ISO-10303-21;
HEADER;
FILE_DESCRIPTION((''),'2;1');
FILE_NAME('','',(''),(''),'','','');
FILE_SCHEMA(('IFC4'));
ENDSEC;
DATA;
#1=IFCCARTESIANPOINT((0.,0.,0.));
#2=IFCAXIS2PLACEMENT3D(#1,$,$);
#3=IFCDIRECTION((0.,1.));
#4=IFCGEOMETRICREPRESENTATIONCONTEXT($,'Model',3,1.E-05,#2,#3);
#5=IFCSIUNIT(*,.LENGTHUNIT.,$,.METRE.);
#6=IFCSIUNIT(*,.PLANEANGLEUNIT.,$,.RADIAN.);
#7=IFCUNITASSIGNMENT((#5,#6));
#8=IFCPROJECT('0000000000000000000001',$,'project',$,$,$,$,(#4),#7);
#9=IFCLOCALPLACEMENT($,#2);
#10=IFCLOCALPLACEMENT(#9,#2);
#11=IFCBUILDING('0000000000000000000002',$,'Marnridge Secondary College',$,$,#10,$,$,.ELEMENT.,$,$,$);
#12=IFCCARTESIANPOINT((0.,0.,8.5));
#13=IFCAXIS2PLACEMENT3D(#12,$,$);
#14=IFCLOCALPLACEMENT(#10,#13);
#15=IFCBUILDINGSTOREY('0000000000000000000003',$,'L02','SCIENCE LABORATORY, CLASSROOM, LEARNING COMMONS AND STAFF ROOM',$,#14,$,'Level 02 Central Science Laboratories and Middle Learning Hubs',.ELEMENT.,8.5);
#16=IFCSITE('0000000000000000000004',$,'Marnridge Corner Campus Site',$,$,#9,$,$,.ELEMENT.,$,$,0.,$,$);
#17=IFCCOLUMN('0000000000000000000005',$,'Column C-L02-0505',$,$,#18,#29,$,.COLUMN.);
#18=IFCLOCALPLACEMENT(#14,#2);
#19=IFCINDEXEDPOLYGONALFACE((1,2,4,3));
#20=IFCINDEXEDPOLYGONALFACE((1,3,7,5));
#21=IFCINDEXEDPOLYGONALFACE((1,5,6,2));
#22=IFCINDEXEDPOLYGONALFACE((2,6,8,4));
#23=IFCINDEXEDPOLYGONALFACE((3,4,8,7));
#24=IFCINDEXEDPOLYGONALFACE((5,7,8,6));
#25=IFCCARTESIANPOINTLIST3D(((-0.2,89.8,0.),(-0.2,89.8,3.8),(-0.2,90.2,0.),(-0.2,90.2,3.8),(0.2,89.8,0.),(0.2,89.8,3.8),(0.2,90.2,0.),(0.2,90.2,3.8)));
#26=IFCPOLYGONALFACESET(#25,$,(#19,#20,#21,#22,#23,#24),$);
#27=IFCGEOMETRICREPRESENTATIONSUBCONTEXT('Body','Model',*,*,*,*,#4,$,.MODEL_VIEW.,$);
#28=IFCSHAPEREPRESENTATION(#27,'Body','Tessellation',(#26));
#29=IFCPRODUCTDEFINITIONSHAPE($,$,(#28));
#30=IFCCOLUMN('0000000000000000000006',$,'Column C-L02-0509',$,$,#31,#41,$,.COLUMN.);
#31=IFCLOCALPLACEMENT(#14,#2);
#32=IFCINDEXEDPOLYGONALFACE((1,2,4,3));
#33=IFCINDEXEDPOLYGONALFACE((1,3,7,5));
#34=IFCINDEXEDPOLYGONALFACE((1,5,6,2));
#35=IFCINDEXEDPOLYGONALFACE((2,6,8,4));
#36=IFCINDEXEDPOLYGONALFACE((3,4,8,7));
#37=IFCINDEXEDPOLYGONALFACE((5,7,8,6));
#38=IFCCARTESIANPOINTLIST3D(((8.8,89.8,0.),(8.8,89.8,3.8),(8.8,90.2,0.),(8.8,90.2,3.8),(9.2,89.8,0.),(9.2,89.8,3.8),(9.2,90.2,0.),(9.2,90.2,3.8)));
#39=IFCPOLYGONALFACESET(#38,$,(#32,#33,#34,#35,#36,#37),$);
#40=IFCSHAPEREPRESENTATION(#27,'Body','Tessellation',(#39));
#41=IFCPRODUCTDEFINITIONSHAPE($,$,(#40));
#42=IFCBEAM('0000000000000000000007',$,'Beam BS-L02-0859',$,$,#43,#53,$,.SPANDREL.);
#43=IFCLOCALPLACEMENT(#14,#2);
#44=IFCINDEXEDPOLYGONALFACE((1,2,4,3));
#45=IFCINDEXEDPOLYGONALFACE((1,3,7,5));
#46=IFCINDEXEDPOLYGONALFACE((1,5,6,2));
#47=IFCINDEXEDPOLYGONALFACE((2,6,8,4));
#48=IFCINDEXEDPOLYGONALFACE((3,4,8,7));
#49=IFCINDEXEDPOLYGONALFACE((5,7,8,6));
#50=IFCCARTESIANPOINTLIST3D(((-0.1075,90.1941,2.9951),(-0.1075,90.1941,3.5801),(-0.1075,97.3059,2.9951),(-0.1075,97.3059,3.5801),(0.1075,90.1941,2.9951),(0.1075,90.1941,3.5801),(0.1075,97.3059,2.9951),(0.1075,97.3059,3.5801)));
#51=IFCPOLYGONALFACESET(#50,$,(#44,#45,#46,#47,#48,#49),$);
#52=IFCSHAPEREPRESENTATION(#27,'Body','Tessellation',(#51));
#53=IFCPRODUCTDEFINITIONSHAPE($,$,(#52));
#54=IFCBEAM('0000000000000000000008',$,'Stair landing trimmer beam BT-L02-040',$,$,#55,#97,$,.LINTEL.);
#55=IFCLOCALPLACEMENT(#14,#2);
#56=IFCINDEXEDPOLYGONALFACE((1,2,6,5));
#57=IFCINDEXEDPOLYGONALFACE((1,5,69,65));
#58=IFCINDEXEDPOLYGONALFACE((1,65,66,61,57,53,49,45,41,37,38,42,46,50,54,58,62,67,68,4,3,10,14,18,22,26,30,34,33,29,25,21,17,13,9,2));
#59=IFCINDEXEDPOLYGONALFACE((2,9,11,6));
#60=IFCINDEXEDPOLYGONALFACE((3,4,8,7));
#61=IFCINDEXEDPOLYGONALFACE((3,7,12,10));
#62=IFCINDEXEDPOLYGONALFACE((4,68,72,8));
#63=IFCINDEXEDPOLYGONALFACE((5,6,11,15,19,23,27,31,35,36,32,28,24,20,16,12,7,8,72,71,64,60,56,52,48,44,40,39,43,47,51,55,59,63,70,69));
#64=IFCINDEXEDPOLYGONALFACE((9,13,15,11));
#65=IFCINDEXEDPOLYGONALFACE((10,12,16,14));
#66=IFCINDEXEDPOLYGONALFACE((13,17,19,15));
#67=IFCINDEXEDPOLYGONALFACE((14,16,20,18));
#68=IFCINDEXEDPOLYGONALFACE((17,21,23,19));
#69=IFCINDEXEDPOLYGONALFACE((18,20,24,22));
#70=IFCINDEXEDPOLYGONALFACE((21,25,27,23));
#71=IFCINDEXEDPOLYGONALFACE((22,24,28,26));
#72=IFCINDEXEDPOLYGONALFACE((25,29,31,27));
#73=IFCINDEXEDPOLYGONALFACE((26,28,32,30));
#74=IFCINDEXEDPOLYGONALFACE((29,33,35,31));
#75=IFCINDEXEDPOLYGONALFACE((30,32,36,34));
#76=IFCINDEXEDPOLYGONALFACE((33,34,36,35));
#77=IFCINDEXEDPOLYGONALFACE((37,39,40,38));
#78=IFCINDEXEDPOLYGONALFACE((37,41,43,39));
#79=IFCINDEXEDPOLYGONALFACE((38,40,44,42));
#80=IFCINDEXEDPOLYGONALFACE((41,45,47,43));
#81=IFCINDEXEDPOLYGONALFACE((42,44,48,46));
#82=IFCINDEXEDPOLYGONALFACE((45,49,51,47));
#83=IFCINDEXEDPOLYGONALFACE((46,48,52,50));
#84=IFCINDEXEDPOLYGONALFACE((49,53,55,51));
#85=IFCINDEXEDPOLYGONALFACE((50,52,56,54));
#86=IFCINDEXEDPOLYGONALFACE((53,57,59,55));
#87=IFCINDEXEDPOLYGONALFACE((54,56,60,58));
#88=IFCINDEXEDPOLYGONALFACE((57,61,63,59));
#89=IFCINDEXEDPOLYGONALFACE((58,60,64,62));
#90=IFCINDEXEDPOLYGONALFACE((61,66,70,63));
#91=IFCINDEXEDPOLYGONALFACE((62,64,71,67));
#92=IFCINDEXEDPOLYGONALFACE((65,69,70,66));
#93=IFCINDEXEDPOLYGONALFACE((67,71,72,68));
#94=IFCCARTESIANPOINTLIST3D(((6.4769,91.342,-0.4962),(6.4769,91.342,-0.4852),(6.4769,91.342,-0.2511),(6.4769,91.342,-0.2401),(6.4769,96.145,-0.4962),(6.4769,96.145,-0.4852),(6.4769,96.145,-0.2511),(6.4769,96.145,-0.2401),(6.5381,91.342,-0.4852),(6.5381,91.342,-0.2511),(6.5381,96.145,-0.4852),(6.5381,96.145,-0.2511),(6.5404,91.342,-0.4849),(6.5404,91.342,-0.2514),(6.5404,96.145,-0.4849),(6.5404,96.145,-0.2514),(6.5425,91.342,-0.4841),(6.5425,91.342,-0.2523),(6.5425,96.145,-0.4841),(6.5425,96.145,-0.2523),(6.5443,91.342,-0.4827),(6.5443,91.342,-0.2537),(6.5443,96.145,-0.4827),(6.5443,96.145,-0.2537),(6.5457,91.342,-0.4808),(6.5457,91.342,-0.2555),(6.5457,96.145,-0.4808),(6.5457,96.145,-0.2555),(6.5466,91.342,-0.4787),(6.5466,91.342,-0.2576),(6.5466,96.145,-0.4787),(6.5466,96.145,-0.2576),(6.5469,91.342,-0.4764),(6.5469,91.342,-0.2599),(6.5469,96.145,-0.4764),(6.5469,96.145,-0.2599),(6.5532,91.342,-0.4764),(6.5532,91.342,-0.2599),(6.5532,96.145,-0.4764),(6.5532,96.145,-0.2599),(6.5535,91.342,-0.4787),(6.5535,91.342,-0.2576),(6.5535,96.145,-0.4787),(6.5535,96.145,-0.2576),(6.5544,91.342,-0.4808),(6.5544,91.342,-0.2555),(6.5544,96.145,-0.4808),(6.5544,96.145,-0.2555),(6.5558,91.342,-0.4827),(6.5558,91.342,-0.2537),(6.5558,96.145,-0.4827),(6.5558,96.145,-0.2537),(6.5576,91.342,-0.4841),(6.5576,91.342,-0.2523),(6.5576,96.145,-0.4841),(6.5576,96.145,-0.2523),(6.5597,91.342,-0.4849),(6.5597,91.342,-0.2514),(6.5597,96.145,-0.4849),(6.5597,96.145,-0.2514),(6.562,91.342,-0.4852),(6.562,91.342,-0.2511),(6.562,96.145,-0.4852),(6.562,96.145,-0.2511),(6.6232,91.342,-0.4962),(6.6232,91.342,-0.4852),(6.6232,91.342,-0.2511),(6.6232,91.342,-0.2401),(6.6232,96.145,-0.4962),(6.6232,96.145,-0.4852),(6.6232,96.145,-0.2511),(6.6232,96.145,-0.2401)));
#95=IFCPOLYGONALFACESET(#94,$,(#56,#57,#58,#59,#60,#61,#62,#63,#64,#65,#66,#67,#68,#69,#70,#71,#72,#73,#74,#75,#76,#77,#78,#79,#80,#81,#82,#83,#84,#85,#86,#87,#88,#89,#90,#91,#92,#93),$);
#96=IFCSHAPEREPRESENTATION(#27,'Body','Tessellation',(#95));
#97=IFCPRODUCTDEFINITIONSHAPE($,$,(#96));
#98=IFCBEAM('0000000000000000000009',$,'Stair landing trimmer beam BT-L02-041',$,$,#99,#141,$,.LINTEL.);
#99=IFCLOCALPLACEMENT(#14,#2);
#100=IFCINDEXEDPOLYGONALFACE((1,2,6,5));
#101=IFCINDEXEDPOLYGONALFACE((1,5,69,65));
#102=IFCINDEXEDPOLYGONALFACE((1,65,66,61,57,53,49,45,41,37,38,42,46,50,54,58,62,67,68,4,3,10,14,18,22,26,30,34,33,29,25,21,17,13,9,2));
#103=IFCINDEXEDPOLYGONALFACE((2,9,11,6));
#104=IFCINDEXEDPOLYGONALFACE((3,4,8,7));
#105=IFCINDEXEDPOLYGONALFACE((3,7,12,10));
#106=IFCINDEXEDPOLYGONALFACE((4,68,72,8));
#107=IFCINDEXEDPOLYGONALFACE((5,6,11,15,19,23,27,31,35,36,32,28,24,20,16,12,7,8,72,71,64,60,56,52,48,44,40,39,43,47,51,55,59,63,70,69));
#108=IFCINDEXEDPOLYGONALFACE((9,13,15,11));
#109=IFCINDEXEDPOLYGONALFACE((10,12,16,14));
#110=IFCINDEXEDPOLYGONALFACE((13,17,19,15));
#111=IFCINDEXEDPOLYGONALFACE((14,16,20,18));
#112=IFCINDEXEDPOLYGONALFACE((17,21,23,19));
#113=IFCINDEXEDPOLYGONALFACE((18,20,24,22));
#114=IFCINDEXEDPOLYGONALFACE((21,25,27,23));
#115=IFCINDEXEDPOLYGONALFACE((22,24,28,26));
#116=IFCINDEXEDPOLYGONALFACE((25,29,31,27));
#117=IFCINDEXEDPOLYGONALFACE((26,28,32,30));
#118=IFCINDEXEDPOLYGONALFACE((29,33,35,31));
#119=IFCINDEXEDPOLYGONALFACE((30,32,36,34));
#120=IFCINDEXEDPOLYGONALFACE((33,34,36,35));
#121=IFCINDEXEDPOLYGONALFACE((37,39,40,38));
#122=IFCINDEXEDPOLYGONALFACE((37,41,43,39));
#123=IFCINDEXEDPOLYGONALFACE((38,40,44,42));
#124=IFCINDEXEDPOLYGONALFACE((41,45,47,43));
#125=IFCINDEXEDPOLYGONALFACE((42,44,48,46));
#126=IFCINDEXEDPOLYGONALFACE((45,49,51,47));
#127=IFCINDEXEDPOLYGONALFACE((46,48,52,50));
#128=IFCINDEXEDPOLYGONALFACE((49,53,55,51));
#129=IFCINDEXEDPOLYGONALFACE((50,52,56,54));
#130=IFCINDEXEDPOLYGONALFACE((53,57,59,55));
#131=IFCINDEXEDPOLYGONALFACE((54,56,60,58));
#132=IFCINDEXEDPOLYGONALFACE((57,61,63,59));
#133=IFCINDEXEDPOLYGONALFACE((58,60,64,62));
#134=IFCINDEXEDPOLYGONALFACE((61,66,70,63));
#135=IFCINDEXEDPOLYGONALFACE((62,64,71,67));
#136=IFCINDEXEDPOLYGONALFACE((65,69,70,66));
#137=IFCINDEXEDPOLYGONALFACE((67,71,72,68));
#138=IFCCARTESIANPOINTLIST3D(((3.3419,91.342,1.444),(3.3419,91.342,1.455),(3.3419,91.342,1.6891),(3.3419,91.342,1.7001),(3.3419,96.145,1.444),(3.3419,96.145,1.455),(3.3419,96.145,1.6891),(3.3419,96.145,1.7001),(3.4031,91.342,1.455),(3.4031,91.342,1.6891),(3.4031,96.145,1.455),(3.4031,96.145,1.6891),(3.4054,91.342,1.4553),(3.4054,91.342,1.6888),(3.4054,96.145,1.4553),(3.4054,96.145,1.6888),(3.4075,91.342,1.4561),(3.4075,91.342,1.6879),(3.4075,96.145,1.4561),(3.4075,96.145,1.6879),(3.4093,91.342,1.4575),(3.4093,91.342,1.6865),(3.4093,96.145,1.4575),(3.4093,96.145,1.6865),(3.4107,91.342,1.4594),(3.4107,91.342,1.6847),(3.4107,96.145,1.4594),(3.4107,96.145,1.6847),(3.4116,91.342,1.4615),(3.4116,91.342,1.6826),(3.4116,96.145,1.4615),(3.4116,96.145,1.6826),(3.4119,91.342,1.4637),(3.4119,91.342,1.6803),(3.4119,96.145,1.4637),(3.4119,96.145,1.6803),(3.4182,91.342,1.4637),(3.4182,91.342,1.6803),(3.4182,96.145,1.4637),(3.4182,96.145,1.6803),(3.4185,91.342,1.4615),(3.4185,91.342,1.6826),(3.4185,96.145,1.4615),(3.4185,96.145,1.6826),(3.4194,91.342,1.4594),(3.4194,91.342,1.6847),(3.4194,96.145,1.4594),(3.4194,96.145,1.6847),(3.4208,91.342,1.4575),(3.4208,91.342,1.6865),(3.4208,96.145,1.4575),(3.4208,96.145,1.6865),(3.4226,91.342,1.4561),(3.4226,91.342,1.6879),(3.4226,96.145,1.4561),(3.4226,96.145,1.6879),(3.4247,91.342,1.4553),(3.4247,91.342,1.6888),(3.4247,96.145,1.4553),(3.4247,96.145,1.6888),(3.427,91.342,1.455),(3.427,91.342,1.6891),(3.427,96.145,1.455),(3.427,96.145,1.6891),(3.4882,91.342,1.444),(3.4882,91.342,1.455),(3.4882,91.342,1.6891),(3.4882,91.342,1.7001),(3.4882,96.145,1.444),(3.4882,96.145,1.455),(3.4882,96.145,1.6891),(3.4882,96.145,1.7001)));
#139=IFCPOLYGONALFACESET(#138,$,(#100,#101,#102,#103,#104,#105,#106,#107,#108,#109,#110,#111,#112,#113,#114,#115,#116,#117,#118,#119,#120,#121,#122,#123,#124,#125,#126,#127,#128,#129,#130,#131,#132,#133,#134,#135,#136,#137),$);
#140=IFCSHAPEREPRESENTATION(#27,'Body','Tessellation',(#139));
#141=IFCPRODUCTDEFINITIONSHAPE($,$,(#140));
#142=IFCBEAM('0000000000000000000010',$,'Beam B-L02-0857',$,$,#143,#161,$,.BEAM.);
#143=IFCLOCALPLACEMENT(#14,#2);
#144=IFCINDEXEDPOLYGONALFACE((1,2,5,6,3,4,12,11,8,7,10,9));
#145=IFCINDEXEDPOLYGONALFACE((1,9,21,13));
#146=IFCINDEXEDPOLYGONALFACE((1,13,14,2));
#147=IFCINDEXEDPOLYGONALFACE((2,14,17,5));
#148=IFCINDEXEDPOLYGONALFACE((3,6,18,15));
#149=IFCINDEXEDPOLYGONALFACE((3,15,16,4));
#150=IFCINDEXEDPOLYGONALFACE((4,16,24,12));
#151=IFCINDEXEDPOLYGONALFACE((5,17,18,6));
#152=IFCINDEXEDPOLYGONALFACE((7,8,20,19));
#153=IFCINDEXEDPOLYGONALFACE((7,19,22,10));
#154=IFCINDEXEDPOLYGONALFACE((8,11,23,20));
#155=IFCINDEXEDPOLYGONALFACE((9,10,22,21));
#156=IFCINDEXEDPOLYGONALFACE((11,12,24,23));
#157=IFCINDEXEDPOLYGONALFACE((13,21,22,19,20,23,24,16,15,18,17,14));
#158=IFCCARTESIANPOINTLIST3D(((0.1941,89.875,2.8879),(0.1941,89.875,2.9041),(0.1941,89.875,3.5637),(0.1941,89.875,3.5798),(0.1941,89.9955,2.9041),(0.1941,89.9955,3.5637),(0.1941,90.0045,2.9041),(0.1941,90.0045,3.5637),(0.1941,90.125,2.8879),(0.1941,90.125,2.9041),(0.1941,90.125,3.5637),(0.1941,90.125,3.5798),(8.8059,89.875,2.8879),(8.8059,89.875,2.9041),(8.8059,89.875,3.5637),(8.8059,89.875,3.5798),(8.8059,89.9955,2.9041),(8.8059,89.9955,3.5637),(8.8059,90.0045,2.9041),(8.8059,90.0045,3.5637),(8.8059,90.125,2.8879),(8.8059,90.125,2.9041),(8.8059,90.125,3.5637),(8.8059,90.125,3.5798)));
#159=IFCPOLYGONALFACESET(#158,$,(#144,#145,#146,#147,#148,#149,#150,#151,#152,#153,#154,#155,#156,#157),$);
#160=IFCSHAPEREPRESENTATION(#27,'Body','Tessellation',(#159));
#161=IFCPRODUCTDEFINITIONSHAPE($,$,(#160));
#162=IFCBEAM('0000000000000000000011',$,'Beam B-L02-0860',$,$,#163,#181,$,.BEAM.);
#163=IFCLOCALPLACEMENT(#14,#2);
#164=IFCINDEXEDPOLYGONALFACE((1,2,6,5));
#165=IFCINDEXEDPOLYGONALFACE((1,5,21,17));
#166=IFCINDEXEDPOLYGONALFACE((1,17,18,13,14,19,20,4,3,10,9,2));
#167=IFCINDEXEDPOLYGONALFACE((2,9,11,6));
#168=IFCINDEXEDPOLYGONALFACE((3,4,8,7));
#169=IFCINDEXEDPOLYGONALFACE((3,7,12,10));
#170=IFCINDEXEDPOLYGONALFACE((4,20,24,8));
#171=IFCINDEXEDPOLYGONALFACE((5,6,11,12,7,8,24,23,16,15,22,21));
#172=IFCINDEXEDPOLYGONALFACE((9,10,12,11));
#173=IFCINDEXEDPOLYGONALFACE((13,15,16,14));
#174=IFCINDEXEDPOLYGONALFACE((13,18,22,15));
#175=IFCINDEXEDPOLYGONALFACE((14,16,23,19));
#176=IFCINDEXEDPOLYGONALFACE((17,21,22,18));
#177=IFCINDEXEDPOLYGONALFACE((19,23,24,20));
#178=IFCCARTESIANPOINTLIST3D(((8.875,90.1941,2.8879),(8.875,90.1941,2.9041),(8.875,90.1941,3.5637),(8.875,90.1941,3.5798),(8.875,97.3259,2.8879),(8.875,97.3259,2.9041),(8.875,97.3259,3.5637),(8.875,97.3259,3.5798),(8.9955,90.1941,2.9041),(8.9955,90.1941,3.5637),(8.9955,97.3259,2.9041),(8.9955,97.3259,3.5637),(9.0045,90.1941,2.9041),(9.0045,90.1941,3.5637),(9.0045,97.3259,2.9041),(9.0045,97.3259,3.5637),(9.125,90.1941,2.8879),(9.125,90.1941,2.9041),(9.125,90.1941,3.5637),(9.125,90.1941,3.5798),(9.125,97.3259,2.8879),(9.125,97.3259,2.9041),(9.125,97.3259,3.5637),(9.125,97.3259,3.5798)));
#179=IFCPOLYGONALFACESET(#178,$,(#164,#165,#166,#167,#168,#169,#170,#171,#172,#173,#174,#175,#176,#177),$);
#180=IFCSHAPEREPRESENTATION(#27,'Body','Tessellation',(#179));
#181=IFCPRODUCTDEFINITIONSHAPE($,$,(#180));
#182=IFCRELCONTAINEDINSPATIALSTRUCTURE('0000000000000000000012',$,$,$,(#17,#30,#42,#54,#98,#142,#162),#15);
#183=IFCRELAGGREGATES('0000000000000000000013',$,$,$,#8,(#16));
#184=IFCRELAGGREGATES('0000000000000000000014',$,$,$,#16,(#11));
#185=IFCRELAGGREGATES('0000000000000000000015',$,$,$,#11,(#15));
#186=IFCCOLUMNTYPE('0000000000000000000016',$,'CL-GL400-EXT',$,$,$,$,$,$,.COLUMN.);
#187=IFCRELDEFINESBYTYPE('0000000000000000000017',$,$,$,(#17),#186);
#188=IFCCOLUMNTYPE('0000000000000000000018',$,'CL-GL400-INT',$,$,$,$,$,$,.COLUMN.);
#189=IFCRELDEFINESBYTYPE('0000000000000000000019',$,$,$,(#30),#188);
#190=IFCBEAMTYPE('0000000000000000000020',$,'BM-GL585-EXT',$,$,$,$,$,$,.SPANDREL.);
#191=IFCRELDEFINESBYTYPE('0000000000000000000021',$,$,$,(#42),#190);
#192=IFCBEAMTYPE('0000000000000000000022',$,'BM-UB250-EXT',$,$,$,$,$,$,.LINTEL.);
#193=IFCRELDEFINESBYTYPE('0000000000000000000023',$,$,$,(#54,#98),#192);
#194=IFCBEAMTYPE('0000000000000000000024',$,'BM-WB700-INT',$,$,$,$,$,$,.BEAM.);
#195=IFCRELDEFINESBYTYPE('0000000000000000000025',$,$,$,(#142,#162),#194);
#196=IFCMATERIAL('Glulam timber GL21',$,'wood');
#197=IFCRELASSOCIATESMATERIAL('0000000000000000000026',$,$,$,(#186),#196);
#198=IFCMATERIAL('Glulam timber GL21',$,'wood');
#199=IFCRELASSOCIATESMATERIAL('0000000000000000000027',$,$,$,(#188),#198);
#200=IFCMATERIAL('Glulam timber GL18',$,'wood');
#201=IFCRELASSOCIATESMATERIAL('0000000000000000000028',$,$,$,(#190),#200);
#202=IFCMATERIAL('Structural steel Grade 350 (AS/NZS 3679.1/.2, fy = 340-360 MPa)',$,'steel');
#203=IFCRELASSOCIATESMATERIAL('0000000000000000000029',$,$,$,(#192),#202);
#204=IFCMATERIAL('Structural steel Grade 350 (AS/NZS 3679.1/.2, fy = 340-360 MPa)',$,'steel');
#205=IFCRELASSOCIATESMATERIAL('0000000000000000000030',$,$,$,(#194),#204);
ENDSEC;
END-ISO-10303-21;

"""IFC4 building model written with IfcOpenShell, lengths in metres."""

from ifc_helpers import new_model, si_unit, direction, frame, origin, origin_2d, place, context, subcontext, project, spatial, rectangle, i_section, extrude, material, material_profile, profile_set, type_object, element, save


model = new_model("IFC4")

# Units and contexts
model_context = context("Model", 3, precision=1e-05, world=origin(), true_north=direction((0.0, 1.0)))
body_context = subcontext(model_context, "Body", "Model", "MODEL_VIEW")
ifc_project = project(units=[si_unit("LENGTHUNIT", "METRE"), si_unit("PLANEANGLEUNIT", "RADIAN")], contexts=[model_context])

# Site, building, storey
site_placement = place(None, origin())
site = spatial("IfcSite", under=ifc_project, at=site_placement, Name="Marnridge Corner Campus Site", CompositionType="ELEMENT", RefElevation=0.0)
building_placement = place(site_placement, origin())
building = spatial("IfcBuilding", under=site, at=building_placement, Name="Marnridge Secondary College", CompositionType="ELEMENT")
storey_placement = place(building_placement, frame((0.0, 0.0, 8.5)))
storey = spatial("IfcBuildingStorey", under=building, at=storey_placement, Name="L02", Description="SCIENCE LABORATORY, CLASSROOM, LEARNING COMMONS AND STAFF ROOM", LongName="Level 02 Central Science Laboratories and Middle Learning Hubs", CompositionType="ELEMENT", Elevation=8.5)

# Columns
ifc_material_1 = material(Name="Glulam timber GL21", Category="wood")
ifc_material_profile_1 = material_profile(ifc_material_1, rectangle(XDim=0.3999, YDim=0.3999, at=origin_2d()), Name="GL21 400x400")
ifc_profile_set_1 = profile_set([ifc_material_profile_1], Name="Glulam timber GL21")
column_type_1 = type_object("IfcColumnType", Name="CL-GL400-EXT", PredefinedType="COLUMN", material=ifc_profile_set_1)
column_1_placement = place(storey_placement, frame((0.0, 90.0, 0.0), z_axis=(0.0, 0.0, 1.0), x_axis=(1.0, 0.0, 0.0)))
element("IfcColumn", 1, at=column_1_placement, inside=storey, type_object=column_type_1, Name="Column C-L02-0505", PredefinedType="COLUMN", context=body_context, shape_type="SweptSolid", body=[
    extrude(rectangle(XDim=0.3999, YDim=0.3999, at=origin_2d()), origin(), (0.0, 0.0, 1.0), 3.8),
])
ifc_material_2 = material(Name="Glulam timber GL21", Category="wood")
ifc_material_profile_2 = material_profile(ifc_material_2, rectangle(XDim=0.3999, YDim=0.3999, at=origin_2d()), Name="GL21 400x400")
ifc_profile_set_2 = profile_set([ifc_material_profile_2], Name="Glulam timber GL21")
column_type_2 = type_object("IfcColumnType", Name="CL-GL400-INT", PredefinedType="COLUMN", material=ifc_profile_set_2)
column_2_placement = place(storey_placement, frame((9.0, 90.0, 0.0), z_axis=(0.0, 0.0, 1.0), x_axis=(1.0, 0.0, 0.0)))
element("IfcColumn", 2, at=column_2_placement, inside=storey, type_object=column_type_2, Name="Column C-L02-0509", PredefinedType="COLUMN", context=body_context, shape_type="SweptSolid", body=[
    extrude(rectangle(XDim=0.3999, YDim=0.3999, at=origin_2d()), origin(), (0.0, 0.0, 1.0), 3.8),
])

# Beams
ifc_material_3 = material(Name="Glulam timber GL18", Category="wood")
ifc_material_profile_3 = material_profile(ifc_material_3, rectangle(XDim=0.2151, YDim=0.585, at=origin_2d()), Name="GL18 215x585")
ifc_profile_set_3 = profile_set([ifc_material_profile_3], Name="Glulam timber GL18")
beam_type_1 = type_object("IfcBeamType", Name="BM-GL585-EXT", PredefinedType="SPANDREL", material=ifc_profile_set_3)
beam_1_placement = place(storey_placement, frame((0.0, 90.1941, 3.2876), z_axis=(0.0, 1.0, 0.0), x_axis=(-1.0, 0.0, 0.0)))
element("IfcBeam", 3, at=beam_1_placement, inside=storey, type_object=beam_type_1, Name="Beam BS-L02-0859", PredefinedType="SPANDREL", context=body_context, shape_type="SweptSolid", body=[
    extrude(rectangle(XDim=0.2151, YDim=0.585, at=origin_2d()), origin(), (0.0, 0.0, 1.0), 7.1118),
])
ifc_material_4 = material(Name="Structural steel Grade 350 (AS/NZS 3679.1/.2, fy = 340-360 MPa)", Category="steel")
ifc_material_profile_4 = material_profile(ifc_material_4, i_section(OverallWidth=0.1462, OverallDepth=0.2561, WebThickness=0.0063, FlangeThickness=0.011, FilletRadius=0.0088, at=origin_2d()), Name="250UB37.3")
ifc_profile_set_4 = profile_set([ifc_material_profile_4], Name="Structural steel Grade 350 (AS/NZS 3679.1/.2, fy = 340-360 MPa)")
beam_type_2 = type_object("IfcBeamType", Name="BM-UB250-EXT", PredefinedType="LINTEL", material=ifc_profile_set_4)
for number, where, z_axis, x_axis, name in (
    (4, (6.55, 91.342, -0.3682), (0.0, 1.0, 0.0), (-1.0, 0.0, 0.0), "Stair landing trimmer beam BT-L02-040"),
    (5, (3.415, 91.342, 1.572), (0.0, 1.0, 0.0), (-1.0, 0.0, 0.0), "Stair landing trimmer beam BT-L02-041"),
):
    element("IfcBeam", number, at=place(storey_placement, frame(where, z_axis=z_axis, x_axis=x_axis)), inside=storey, type_object=beam_type_2, Name=name, PredefinedType="LINTEL", context=body_context, shape_type="SweptSolid", body=[
        extrude(i_section(OverallWidth=0.1462, OverallDepth=0.2561, WebThickness=0.0063, FlangeThickness=0.011, FilletRadius=0.0088, at=origin_2d()), origin(), (0.0, 0.0, 1.0), 4.803),
    ])
ifc_material_5 = material(Name="Structural steel Grade 350 (AS/NZS 3679.1/.2, fy = 340-360 MPa)", Category="steel")
ifc_material_profile_5 = material_profile(ifc_material_5, i_section(OverallWidth=0.25, OverallDepth=0.6919, WebThickness=0.009, FlangeThickness=0.0161, at=origin_2d()), Name="700WB115")
ifc_profile_set_5 = profile_set([ifc_material_profile_5], Name="Structural steel Grade 350 (AS/NZS 3679.1/.2, fy = 340-360 MPa)")
beam_type_3 = type_object("IfcBeamType", Name="BM-WB700-INT", PredefinedType="BEAM", material=ifc_profile_set_5)
beam_2_placement = place(storey_placement, frame((0.1941, 90.0, 3.2339), z_axis=(1.0, 0.0, 0.0), x_axis=(0.0, 1.0, 0.0)))
element("IfcBeam", 6, at=beam_2_placement, inside=storey, type_object=beam_type_3, Name="Beam B-L02-0857", PredefinedType="BEAM", context=body_context, shape_type="SweptSolid", body=[
    extrude(i_section(OverallWidth=0.25, OverallDepth=0.6919, WebThickness=0.009, FlangeThickness=0.0161, at=origin_2d()), origin(), (0.0, 0.0, 1.0), 8.6118),
])
beam_3_placement = place(storey_placement, frame((9.0, 90.1941, 3.2339), z_axis=(0.0, 1.0, 0.0), x_axis=(-1.0, 0.0, 0.0)))
element("IfcBeam", 7, at=beam_3_placement, inside=storey, type_object=beam_type_3, Name="Beam B-L02-0860", PredefinedType="BEAM", context=body_context, shape_type="SweptSolid", body=[
    extrude(i_section(OverallWidth=0.25, OverallDepth=0.6919, WebThickness=0.009, FlangeThickness=0.0161, at=origin_2d()), origin(), (0.0, 0.0, 1.0), 7.1318),
])

save(model, "model.ifc")
